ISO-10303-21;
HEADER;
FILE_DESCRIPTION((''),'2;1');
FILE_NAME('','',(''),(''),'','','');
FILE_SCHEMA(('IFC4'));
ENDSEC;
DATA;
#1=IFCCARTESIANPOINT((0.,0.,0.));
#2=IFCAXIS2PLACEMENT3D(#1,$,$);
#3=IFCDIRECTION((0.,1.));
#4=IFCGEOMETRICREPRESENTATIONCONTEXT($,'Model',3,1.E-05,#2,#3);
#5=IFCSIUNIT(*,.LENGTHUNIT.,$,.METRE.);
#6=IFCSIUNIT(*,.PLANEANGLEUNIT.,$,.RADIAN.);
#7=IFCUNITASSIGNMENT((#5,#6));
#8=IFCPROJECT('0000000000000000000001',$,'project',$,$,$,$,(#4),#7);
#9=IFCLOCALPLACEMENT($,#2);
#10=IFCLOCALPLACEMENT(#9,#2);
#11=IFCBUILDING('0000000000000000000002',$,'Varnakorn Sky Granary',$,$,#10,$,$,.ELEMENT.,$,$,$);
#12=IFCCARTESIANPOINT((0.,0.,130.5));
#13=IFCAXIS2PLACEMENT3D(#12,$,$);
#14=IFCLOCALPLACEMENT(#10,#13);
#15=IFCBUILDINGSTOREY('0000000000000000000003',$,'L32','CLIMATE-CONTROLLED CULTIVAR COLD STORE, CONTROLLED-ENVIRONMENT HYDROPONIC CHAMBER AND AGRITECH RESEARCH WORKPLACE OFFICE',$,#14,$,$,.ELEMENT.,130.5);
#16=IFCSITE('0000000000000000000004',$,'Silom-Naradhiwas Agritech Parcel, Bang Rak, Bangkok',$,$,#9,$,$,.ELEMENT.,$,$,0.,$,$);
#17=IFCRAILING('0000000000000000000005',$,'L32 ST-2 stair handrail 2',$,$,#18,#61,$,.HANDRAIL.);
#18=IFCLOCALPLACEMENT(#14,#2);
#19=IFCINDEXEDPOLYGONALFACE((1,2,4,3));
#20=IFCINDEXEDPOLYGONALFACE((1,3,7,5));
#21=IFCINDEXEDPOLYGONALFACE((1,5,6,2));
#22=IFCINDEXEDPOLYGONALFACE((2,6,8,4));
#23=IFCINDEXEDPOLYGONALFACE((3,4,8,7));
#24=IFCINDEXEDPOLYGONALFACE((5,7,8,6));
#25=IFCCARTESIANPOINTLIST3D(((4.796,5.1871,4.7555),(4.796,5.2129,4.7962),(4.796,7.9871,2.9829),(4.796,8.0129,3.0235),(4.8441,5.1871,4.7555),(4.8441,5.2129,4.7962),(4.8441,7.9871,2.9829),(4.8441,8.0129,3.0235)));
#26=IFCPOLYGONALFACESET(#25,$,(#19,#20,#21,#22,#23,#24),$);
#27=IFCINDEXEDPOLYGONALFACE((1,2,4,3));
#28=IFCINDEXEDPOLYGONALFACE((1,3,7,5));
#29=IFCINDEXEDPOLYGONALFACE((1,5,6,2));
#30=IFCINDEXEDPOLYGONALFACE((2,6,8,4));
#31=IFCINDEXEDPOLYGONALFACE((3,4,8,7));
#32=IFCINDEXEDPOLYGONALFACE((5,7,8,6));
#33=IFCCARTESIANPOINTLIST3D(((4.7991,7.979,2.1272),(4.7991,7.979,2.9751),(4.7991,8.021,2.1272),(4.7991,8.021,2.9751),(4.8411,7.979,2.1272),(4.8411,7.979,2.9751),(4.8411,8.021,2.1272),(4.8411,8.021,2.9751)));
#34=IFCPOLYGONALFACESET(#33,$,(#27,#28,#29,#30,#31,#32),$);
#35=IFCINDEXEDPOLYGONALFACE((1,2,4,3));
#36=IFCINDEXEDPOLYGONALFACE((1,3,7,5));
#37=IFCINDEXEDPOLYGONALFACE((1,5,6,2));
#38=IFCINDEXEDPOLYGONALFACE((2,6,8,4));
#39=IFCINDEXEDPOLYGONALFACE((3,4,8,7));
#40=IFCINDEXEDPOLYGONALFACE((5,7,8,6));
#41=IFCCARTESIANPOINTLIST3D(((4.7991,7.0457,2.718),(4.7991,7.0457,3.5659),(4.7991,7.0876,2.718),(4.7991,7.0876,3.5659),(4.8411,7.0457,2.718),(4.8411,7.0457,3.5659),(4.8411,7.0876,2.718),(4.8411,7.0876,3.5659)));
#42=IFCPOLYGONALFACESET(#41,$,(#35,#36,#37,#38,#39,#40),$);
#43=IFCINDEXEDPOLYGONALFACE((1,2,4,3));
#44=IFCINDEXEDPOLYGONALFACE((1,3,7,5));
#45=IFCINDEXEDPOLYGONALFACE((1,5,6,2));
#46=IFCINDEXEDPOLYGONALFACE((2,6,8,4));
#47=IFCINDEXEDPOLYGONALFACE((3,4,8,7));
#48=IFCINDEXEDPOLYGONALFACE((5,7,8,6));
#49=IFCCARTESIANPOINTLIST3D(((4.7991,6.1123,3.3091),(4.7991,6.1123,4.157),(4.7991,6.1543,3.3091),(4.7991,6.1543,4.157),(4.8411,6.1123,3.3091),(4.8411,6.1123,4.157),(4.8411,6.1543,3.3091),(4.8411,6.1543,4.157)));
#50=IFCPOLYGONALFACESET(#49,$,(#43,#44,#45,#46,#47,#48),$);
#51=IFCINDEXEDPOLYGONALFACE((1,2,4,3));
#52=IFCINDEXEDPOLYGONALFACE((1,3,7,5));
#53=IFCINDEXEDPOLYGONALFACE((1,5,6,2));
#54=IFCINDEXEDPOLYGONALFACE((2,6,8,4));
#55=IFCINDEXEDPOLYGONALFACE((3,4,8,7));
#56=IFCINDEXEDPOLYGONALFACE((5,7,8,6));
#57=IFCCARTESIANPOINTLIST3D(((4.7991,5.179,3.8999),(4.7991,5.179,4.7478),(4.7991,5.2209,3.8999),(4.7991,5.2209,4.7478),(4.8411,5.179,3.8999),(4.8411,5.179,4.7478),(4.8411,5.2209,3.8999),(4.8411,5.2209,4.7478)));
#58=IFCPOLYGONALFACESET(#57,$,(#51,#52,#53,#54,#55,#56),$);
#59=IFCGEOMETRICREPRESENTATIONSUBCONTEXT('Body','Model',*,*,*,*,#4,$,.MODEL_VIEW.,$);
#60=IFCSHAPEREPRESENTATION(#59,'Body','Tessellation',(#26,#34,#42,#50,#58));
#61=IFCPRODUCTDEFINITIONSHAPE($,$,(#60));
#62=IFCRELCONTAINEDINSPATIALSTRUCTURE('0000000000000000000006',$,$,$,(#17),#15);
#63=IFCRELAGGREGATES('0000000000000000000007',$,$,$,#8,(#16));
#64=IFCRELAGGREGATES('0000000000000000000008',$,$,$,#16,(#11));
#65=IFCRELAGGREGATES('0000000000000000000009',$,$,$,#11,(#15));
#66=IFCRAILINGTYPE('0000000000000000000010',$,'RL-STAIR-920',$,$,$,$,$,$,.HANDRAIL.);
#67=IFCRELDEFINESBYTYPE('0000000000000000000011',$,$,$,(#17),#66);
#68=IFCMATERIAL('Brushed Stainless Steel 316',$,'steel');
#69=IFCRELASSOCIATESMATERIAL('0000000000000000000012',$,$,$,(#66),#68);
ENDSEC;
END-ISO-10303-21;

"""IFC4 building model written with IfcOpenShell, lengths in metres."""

from ifc_helpers import new_model, si_unit, direction, frame, origin, origin_2d, place, context, subcontext, project, spatial, rectangle, extrude, material, type_object, element, save


model = new_model("IFC4")

# Units and contexts
model_context = context("Model", 3, precision=1e-05, world=origin(), true_north=direction((0.0, 1.0)))
body_context = subcontext(model_context, "Body", "Model", "MODEL_VIEW")
ifc_project = project(units=[si_unit("LENGTHUNIT", "METRE"), si_unit("PLANEANGLEUNIT", "RADIAN")], contexts=[model_context])

# Site, building, storey
site_placement = place(None, origin())
site = spatial("IfcSite", under=ifc_project, at=site_placement, Name="Silom-Naradhiwas Agritech Parcel, Bang Rak, Bangkok", CompositionType="ELEMENT", RefElevation=0.0)
building_placement = place(site_placement, origin())
building = spatial("IfcBuilding", under=site, at=building_placement, Name="Varnakorn Sky Granary", CompositionType="ELEMENT")
storey_placement = place(building_placement, frame((0.0, 0.0, 130.5)))
storey = spatial("IfcBuildingStorey", under=building, at=storey_placement, Name="L32", Description="CLIMATE-CONTROLLED CULTIVAR COLD STORE, CONTROLLED-ENVIRONMENT HYDROPONIC CHAMBER AND AGRITECH RESEARCH WORKPLACE OFFICE", CompositionType="ELEMENT", Elevation=130.5)

# Railing
ifc_material_1 = material(Name="Brushed Stainless Steel 316", Category="steel")
railing_type_1 = type_object("IfcRailingType", Name="RL-STAIR-920", PredefinedType="HANDRAIL", material=ifc_material_1)
railing_1_placement = place(storey_placement, frame((4.8201, 8.0, 2.1272)))
element("IfcRailing", 1, at=railing_1_placement, inside=storey, type_object=railing_type_1, Name="L32 ST-2 stair handrail 2", PredefinedType="HANDRAIL", context=body_context, shape_type="SweptSolid", body=[
    extrude(rectangle(XDim=0.0481, YDim=0.0481, at=origin_2d()), frame((0.0, 0.0, 0.876), z_axis=(0.0, -0.844909, 0.53491), x_axis=(1.0, 0.0, 0.0)), (0.0, 0.0, 1.0), 3.314),
    extrude(rectangle(XDim=0.042, YDim=0.042, at=origin_2d()), origin(), (0.0, 0.0, 1.0), 0.8479),
    extrude(rectangle(XDim=0.042, YDim=0.042, at=origin_2d()), frame((0.0, -0.9333, 0.5908)), (0.0, 0.0, 1.0), 0.8479),
    extrude(rectangle(XDim=0.042, YDim=0.042, at=origin_2d()), frame((0.0, -1.8667, 1.1819)), (0.0, 0.0, 1.0), 0.8479),
    extrude(rectangle(XDim=0.042, YDim=0.042, at=origin_2d()), frame((0.0, -2.8, 1.7727)), (0.0, 0.0, 1.0), 0.8479),
])

save(model, "model.ifc")
